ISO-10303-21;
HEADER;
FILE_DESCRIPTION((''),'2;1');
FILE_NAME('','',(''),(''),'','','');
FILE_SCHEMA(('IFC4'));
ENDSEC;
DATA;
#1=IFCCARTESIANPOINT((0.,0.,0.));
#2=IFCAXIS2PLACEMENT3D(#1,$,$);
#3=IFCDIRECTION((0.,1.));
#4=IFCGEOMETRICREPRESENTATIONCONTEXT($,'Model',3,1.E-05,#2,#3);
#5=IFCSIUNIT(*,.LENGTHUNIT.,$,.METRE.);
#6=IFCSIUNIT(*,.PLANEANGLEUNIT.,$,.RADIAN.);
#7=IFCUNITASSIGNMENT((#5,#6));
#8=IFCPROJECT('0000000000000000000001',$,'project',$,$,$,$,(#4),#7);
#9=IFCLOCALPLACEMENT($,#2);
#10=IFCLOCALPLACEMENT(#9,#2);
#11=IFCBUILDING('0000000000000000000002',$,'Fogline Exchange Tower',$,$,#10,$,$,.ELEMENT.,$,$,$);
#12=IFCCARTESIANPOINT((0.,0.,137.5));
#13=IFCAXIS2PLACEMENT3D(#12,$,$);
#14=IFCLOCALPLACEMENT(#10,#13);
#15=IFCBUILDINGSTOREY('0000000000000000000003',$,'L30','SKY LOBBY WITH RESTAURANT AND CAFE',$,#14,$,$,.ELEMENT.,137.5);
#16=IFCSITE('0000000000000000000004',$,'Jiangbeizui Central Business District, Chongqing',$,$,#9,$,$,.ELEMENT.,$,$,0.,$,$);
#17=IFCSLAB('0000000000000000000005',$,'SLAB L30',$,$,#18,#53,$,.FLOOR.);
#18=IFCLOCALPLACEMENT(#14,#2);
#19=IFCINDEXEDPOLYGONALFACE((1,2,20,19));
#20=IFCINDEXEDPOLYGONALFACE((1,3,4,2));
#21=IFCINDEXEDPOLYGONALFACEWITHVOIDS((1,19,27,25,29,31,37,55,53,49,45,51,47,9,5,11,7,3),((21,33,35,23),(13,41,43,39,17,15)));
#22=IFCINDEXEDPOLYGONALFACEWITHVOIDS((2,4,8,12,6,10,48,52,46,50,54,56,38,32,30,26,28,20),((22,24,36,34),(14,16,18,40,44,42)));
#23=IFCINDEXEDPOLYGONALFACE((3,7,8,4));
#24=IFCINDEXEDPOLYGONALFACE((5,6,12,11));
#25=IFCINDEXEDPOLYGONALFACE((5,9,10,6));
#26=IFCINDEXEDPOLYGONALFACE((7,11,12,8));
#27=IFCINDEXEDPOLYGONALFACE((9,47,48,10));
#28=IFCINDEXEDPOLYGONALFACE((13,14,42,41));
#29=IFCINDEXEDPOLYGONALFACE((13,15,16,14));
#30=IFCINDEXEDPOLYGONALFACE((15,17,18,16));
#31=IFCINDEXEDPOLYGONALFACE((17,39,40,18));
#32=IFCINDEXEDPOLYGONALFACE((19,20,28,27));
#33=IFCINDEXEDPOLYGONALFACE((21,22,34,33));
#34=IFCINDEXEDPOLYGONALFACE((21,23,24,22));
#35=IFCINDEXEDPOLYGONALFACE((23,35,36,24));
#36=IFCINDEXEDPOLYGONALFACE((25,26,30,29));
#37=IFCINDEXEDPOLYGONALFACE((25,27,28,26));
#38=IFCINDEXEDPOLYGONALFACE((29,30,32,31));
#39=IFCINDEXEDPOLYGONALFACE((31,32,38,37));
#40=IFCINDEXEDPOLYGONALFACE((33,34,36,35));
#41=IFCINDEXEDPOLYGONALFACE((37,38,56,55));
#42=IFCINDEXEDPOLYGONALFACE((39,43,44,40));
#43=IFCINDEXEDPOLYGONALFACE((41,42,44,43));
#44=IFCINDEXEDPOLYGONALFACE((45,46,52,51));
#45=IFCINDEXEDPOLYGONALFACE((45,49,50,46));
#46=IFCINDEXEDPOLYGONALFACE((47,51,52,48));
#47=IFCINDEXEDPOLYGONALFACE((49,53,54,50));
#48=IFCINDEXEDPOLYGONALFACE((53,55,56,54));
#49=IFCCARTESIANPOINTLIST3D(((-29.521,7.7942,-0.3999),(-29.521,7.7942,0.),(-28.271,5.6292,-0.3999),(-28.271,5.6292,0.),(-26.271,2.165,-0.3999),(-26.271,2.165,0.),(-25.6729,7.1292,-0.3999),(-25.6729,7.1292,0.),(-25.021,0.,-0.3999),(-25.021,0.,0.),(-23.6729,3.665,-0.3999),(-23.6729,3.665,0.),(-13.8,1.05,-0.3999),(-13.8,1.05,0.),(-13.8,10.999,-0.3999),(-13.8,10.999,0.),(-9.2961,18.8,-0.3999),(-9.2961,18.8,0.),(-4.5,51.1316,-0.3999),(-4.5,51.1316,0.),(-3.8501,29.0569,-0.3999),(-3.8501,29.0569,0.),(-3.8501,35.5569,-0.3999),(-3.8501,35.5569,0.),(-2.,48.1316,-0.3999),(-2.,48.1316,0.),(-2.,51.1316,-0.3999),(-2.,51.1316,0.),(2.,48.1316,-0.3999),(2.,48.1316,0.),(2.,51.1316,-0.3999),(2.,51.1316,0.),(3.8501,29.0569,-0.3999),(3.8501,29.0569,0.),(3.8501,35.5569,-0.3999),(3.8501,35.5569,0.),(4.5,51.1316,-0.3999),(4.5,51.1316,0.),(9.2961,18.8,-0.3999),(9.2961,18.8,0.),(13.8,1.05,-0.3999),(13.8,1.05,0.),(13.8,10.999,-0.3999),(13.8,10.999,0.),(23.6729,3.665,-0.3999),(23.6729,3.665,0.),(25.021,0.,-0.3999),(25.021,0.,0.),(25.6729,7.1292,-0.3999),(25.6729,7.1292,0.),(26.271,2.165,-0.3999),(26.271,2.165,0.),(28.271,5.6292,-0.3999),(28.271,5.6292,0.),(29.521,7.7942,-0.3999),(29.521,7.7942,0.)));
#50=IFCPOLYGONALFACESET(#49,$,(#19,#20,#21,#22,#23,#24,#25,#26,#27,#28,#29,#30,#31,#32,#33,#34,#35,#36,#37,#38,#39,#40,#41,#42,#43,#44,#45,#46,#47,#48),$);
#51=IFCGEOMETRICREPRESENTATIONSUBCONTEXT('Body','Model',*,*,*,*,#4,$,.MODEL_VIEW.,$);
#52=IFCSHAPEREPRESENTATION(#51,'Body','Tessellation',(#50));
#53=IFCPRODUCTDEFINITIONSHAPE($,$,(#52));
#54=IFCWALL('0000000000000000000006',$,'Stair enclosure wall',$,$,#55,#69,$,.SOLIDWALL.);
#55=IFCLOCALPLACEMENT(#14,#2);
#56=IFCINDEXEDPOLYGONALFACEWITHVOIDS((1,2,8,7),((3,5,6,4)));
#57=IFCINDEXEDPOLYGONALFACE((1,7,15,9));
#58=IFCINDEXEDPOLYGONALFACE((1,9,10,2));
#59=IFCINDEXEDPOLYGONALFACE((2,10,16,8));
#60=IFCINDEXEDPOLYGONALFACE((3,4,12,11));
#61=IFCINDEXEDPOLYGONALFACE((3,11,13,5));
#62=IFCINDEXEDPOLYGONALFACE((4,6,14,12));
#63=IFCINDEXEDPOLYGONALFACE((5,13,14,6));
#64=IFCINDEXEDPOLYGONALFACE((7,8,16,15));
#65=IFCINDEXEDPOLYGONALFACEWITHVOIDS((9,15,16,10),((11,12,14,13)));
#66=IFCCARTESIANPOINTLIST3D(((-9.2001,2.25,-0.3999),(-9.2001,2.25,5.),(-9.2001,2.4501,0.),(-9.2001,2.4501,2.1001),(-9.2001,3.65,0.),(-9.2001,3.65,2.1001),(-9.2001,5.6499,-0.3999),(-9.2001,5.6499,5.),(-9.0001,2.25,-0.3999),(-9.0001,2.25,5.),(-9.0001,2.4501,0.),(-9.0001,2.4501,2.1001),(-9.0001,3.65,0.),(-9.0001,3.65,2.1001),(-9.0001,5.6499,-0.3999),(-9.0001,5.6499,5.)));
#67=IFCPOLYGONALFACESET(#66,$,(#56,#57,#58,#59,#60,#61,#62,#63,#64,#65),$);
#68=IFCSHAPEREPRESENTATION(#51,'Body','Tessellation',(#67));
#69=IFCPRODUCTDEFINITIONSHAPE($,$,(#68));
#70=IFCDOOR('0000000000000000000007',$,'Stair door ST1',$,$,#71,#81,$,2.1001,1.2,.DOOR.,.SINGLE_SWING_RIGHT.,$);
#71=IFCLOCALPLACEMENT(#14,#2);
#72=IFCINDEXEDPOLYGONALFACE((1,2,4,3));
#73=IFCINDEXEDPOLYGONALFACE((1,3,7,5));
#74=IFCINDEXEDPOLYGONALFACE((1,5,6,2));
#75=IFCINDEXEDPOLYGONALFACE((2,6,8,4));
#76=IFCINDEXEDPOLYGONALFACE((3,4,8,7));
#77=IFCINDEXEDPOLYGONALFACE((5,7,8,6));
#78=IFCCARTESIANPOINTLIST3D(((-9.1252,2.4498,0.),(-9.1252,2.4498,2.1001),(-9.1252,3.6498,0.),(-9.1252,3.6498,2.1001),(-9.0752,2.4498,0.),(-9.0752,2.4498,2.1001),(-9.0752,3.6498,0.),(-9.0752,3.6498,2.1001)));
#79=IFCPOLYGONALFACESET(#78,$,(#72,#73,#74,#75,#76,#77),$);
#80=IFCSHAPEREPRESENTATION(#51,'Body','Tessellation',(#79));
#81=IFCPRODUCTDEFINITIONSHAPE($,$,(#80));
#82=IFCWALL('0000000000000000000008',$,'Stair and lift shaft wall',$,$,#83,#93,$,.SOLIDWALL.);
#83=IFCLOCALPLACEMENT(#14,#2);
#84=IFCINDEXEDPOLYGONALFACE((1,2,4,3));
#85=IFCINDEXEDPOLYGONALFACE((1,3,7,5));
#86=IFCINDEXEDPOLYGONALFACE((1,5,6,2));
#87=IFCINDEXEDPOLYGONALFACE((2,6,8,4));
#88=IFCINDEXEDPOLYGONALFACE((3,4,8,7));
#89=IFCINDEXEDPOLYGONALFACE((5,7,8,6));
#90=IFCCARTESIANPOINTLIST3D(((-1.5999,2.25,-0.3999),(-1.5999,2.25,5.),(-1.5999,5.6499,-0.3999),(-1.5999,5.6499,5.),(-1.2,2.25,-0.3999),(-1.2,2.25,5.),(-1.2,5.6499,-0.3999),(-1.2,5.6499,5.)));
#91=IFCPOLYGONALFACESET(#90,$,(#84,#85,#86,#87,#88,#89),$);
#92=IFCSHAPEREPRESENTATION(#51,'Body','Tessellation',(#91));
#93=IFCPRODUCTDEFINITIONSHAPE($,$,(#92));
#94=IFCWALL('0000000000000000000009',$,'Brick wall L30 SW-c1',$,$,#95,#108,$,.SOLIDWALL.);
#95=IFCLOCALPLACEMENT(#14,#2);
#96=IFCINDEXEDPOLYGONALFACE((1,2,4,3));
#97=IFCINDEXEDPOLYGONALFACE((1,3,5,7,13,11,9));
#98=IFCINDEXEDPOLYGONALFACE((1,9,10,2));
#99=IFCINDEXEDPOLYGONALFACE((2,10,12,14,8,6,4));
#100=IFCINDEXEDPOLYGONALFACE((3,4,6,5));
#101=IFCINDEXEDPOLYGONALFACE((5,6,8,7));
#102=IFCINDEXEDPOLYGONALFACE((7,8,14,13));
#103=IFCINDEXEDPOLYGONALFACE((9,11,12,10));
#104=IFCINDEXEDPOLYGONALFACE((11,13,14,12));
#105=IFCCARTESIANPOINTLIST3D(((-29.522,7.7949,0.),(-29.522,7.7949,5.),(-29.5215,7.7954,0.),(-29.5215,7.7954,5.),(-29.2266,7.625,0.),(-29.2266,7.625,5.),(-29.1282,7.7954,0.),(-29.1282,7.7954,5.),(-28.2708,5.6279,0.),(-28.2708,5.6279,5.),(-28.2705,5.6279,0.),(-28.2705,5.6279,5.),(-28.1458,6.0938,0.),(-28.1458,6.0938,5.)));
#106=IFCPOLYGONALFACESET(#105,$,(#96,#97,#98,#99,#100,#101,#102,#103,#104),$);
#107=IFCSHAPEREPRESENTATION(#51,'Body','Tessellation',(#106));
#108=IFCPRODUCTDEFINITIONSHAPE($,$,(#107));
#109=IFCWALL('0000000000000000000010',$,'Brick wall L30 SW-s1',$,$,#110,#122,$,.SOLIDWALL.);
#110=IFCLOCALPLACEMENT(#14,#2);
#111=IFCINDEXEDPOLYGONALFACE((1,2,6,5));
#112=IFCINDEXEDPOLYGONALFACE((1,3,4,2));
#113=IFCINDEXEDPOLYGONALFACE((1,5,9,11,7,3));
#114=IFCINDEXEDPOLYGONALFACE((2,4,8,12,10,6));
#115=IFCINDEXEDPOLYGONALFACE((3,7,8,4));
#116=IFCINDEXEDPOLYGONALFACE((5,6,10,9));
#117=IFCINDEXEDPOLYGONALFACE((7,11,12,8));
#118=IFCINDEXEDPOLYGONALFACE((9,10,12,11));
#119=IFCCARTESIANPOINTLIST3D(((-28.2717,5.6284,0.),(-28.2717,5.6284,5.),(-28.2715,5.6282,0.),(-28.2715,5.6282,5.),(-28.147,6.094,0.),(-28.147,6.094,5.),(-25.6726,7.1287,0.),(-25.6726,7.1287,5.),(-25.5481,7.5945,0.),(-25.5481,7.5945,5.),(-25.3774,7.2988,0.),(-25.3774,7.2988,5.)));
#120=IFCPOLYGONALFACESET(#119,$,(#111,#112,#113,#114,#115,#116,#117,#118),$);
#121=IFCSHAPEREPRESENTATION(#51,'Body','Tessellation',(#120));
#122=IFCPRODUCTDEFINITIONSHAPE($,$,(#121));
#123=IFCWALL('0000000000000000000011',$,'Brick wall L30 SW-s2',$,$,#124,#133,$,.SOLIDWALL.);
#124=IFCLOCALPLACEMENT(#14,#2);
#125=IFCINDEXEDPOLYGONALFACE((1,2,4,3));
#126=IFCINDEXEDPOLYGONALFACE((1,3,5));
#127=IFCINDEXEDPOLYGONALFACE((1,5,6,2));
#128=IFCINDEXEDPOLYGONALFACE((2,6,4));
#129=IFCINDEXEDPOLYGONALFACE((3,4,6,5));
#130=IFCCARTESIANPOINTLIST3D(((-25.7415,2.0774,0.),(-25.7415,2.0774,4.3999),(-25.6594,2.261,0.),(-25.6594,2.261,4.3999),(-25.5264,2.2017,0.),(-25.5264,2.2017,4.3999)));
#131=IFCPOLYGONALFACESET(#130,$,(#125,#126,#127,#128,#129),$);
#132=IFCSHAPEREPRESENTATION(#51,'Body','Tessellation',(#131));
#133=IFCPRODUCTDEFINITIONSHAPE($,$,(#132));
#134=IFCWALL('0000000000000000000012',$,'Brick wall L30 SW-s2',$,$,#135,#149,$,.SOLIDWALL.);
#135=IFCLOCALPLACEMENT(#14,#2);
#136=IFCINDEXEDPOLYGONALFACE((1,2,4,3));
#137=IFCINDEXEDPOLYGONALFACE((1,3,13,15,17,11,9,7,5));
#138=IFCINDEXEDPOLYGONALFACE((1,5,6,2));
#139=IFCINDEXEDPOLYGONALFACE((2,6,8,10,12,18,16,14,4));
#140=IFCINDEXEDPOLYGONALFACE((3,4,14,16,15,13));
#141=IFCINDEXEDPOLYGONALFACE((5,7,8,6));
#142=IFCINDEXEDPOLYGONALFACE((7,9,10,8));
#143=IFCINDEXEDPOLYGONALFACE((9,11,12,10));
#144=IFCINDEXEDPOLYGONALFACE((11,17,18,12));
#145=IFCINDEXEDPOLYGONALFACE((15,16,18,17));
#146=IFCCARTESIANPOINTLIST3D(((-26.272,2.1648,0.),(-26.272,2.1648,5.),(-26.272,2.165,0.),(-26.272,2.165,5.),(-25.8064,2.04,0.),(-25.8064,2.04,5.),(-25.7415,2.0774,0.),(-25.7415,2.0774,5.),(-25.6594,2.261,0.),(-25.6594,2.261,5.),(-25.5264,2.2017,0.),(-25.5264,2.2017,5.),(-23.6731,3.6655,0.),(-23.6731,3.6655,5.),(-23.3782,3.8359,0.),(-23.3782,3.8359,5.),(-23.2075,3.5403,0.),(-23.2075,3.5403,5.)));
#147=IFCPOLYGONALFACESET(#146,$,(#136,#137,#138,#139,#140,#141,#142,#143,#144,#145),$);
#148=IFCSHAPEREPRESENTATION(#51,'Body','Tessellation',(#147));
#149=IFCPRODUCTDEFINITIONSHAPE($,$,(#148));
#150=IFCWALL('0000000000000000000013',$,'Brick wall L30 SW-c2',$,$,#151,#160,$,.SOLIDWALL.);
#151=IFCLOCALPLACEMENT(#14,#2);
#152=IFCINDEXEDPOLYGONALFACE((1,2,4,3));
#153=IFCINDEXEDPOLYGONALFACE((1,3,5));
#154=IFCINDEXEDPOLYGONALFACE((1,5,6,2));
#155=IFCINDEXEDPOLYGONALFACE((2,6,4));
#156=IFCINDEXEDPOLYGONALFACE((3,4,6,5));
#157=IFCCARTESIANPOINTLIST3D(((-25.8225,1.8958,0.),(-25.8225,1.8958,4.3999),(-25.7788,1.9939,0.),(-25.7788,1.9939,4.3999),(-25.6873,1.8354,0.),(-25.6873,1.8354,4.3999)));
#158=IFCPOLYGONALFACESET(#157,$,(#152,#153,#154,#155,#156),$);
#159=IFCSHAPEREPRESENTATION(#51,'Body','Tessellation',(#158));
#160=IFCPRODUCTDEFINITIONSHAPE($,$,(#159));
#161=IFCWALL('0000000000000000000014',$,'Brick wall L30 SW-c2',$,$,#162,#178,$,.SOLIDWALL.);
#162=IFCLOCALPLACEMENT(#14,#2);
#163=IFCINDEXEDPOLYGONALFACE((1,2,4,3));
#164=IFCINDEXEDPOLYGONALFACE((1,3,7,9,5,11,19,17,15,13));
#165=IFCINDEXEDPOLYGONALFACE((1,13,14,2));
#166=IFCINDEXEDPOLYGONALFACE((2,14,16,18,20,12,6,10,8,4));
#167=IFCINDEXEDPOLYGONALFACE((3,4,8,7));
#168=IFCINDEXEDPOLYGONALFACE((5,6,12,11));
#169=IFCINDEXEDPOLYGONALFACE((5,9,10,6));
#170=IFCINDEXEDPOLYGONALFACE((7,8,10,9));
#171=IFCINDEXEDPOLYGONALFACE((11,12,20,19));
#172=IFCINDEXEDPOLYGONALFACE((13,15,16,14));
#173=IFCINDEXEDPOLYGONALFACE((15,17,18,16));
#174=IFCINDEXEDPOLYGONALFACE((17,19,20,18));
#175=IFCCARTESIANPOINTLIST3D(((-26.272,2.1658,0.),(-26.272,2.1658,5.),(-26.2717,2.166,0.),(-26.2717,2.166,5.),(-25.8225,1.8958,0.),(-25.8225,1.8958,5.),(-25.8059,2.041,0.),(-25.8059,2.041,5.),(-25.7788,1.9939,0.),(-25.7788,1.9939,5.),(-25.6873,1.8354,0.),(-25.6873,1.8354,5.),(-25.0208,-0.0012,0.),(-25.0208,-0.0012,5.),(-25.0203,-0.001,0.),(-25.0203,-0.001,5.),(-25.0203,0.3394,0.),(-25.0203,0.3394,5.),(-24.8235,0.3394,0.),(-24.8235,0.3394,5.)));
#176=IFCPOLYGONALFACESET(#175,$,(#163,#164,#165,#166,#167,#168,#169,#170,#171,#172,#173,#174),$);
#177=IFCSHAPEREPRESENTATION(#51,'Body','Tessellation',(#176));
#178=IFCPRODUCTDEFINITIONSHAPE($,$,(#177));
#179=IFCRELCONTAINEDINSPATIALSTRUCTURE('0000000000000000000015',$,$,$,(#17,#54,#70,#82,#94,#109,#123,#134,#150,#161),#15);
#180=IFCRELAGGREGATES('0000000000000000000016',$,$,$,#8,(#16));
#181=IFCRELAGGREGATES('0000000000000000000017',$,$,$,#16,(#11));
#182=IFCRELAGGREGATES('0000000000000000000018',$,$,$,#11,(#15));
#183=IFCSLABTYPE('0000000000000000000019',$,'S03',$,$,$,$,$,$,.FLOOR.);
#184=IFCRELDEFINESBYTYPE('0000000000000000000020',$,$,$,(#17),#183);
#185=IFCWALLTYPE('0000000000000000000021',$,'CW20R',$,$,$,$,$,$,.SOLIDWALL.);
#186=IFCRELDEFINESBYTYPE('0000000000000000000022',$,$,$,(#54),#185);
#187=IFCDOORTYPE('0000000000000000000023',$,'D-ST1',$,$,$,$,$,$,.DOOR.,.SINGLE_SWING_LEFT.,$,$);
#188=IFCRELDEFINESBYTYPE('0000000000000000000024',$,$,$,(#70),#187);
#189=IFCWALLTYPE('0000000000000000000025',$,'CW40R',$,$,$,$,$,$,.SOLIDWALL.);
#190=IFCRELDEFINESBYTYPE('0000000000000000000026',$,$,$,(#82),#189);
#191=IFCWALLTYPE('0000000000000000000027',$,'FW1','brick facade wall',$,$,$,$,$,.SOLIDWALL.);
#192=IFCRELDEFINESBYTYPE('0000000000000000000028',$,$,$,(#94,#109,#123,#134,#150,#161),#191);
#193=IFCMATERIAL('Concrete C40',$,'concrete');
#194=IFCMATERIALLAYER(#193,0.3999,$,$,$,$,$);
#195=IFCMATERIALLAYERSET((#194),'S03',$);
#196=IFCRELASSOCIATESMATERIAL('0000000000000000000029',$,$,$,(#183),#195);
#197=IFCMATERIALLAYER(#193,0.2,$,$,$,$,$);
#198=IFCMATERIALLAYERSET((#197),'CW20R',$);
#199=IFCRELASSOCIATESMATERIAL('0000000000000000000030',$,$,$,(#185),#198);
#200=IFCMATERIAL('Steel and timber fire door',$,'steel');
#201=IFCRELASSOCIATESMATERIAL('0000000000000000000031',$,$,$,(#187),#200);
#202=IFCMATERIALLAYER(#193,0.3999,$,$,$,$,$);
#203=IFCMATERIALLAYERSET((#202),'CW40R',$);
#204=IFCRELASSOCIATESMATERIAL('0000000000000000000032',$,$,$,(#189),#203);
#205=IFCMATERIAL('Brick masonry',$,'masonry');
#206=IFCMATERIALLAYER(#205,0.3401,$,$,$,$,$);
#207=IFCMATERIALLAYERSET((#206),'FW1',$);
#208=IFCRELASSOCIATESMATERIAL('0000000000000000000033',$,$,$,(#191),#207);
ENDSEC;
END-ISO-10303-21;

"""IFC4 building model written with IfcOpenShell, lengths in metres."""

from ifc_helpers import new_model, si_unit, direction, frame, frame_2d, origin, place, context, subcontext, project, spatial, polyline, rectangle, outline, extrude, material, layer, layer_set, type_object, element, fill, save


model = new_model("IFC4")

# Units and contexts
model_context = context("Model", 3, precision=1e-05, world=origin(), true_north=direction((0.0, 1.0)))
body_context = subcontext(model_context, "Body", "Model", "MODEL_VIEW")
ifc_project = project(units=[si_unit("LENGTHUNIT", "METRE"), si_unit("PLANEANGLEUNIT", "RADIAN")], contexts=[model_context])

# Site, building, storey
site_placement = place(None, origin())
site = spatial("IfcSite", under=ifc_project, at=site_placement, Name="Jiangbeizui Central Business District, Chongqing", CompositionType="ELEMENT", RefElevation=0.0)
building_placement = place(site_placement, origin())
building = spatial("IfcBuilding", under=site, at=building_placement, Name="Fogline Exchange Tower", CompositionType="ELEMENT")
storey_placement = place(building_placement, frame((0.0, 0.0, 137.5)))
storey = spatial("IfcBuildingStorey", under=building, at=storey_placement, Name="L30", Description="SKY LOBBY WITH RESTAURANT AND CAFE", CompositionType="ELEMENT", Elevation=137.5)

# Slab
ifc_material_1 = material(Name="Concrete C40", Category="concrete")
ifc_layer_1 = layer(ifc_material_1, 0.3999)
ifc_layer_set_1 = layer_set([ifc_layer_1], Name="S03")
slab_type = type_object("IfcSlabType", Name="S03", PredefinedType="FLOOR", material=ifc_layer_set_1)
slab_placement = place(storey_placement, frame((0.0, 0.0, -0.3999)))
element("IfcSlab", 1, at=slab_placement, inside=storey, type_object=slab_type, Name="SLAB L30", PredefinedType="FLOOR", context=body_context, shape_type="SweptSolid", body=[
    extrude(outline(polyline([(-2.0, 51.1316), (-4.5, 51.1316), (-29.521, 7.7942), (-28.271, 5.6292), (-25.6729, 7.1292), (-23.6729, 3.665), (-26.271, 2.165), (-25.021, 0.0), (25.021, 0.0), (26.271, 2.165), (23.6729, 3.665), (25.6729, 7.1292), (28.271, 5.6292), (29.521, 7.7942), (4.5, 51.1316), (2.0, 51.1316), (2.0, 48.1316), (-2.0, 48.1316), (-2.0, 51.1316)]), holes=[polyline([(13.8, 10.999), (13.8, 1.05), (-13.8, 1.05), (-13.8, 10.999), (-9.2961, 18.8), (9.2961, 18.8), (13.8, 10.999)]), polyline([(3.8501, 35.5569), (3.8501, 29.0569), (-3.8501, 29.0569), (-3.8501, 35.5569), (3.8501, 35.5569)])]), origin(), (0.0, 0.0, 1.0), 0.3999),
])

# Wall, opening, door
ifc_layer_2 = layer(ifc_material_1, 0.2)
ifc_layer_set_2 = layer_set([ifc_layer_2], Name="CW20R")
wall_type_1 = type_object("IfcWallType", Name="CW20R", PredefinedType="SOLIDWALL", material=ifc_layer_set_2)
wall_1_placement = place(storey_placement, frame((-9.1001, 2.25, -0.3999), z_axis=(0.0, 0.0, 1.0), x_axis=(0.0, 1.0, 0.0)))
wall_1 = element("IfcWall", 2, at=wall_1_placement, inside=storey, type_object=wall_type_1, Name="Stair enclosure wall", PredefinedType="SOLIDWALL", context=body_context, shape_type="SweptSolid", body=[
    extrude(rectangle(XDim=3.3999, YDim=0.2, at=frame_2d((1.7, 0.0))), origin(), (0.0, 0.0, 1.0), 5.3999),
])
opening_1_placement = place(wall_1_placement, frame((0.2, 0.0, 0.3999)))
opening_1 = element("IfcOpeningElement", 3, at=opening_1_placement, cuts=wall_1, PredefinedType="OPENING", context=body_context, shape_type="SweptSolid", body=[
    extrude(rectangle(XDim=1.2, YDim=2.1001, at=frame_2d((0.6001, 1.05))), frame((0.0, 0.1099, 0.0), z_axis=(0.0, -1.0, 0.0), x_axis=(1.0, 0.0, 0.0)), (0.0, 0.0, 1.0), 0.22),
])
ifc_material_2 = material(Name="Steel and timber fire door", Category="steel")
door_type_1 = type_object("IfcDoorType", Name="D-ST1", OperationType="SINGLE_SWING_LEFT", PredefinedType="DOOR", material=ifc_material_2)
door_1_placement = place(opening_1_placement, frame((1.2, 0.0, 0.0), z_axis=(0.0, 0.0, 1.0), x_axis=(-1.0, 0.0, 0.0)))
door_1 = element("IfcDoor", 4, at=door_1_placement, inside=storey, type_object=door_type_1, Name="Stair door ST1", OperationType="SINGLE_SWING_RIGHT", OverallHeight=2.1001, OverallWidth=1.2, PredefinedType="DOOR", context=body_context, shape_type="SweptSolid", body=[
    extrude(rectangle(XDim=1.2, YDim=2.1001, at=frame_2d((0.6001, 1.05))), frame((0.0, 0.0249, 0.0), z_axis=(0.0, -1.0, 0.0), x_axis=(1.0, 0.0, 0.0)), (0.0, 0.0, 1.0), 0.05),
])
fill(opening_1, door_1)

# Walls
ifc_layer_3 = layer(ifc_material_1, 0.3999)
ifc_layer_set_3 = layer_set([ifc_layer_3], Name="CW40R")
wall_type_2 = type_object("IfcWallType", Name="CW40R", PredefinedType="SOLIDWALL", material=ifc_layer_set_3)
wall_2_placement = place(storey_placement, frame((-1.3999, 2.25, -0.3999), z_axis=(0.0, 0.0, 1.0), x_axis=(0.0, 1.0, 0.0)))
element("IfcWall", 5, at=wall_2_placement, inside=storey, type_object=wall_type_2, Name="Stair and lift shaft wall", PredefinedType="SOLIDWALL", context=body_context, shape_type="SweptSolid", body=[
    extrude(rectangle(XDim=3.3999, YDim=0.3999, at=frame_2d((1.7, 0.0))), origin(), (0.0, 0.0, 1.0), 5.3999),
])
ifc_material_3 = material(Name="Brick masonry", Category="masonry")
ifc_layer_4 = layer(ifc_material_3, 0.3401)
ifc_layer_set_4 = layer_set([ifc_layer_4], Name="FW1")
wall_type_3 = type_object("IfcWallType", Name="FW1", Description="brick facade wall", PredefinedType="SOLIDWALL", material=ifc_layer_set_4)
wall_3_placement = place(storey_placement, origin())
element("IfcWall", 6, at=wall_3_placement, inside=storey, type_object=wall_type_3, Name="Brick wall L30 SW-c1", PredefinedType="SOLIDWALL", context=body_context, shape_type="SweptSolid", body=[
    extrude(outline(polyline([(-28.2708, 5.6279), (-29.522, 7.7949), (-29.5215, 7.7954), (-29.2266, 7.625), (-29.1282, 7.7954), (-28.1458, 6.0938), (-28.2705, 5.6279), (-28.2708, 5.6279)])), origin(), (0.0, 0.0, 1.0), 5.0),
])
wall_4_placement = place(storey_placement, origin())
element("IfcWall", 7, at=wall_4_placement, inside=storey, type_object=wall_type_3, Name="Brick wall L30 SW-s1", PredefinedType="SOLIDWALL", context=body_context, shape_type="SweptSolid", body=[
    extrude(outline(polyline([(-25.5481, 7.5945), (-25.3774, 7.2988), (-25.6726, 7.1287), (-28.2715, 5.6282), (-28.2717, 5.6284), (-28.147, 6.094), (-25.5481, 7.5945)])), origin(), (0.0, 0.0, 1.0), 5.0),
])
wall_5_placement = place(storey_placement, origin())
element("IfcWall", 8, at=wall_5_placement, inside=storey, type_object=wall_type_3, Name="Brick wall L30 SW-s2", PredefinedType="SOLIDWALL", context=body_context, shape_type="SweptSolid", body=[
    extrude(outline(polyline([(-25.7415, 2.0774), (-25.6594, 2.261), (-25.5264, 2.2017), (-25.7415, 2.0774)])), origin(), (0.0, 0.0, 1.0), 4.3999),
])
wall_6_placement = place(storey_placement, origin())
element("IfcWall", 9, at=wall_6_placement, inside=storey, type_object=wall_type_3, Name="Brick wall L30 SW-s2", PredefinedType="SOLIDWALL", context=body_context, shape_type="SweptSolid", body=[
    extrude(outline(polyline([(-23.6731, 3.6655), (-23.3782, 3.8359), (-23.2075, 3.5403), (-25.5264, 2.2017), (-25.6594, 2.261), (-25.7415, 2.0774), (-25.8064, 2.04), (-26.272, 2.1648), (-26.272, 2.165), (-23.6731, 3.6655)])), origin(), (0.0, 0.0, 1.0), 5.0),
])
wall_7_placement = place(storey_placement, origin())
element("IfcWall", 10, at=wall_7_placement, inside=storey, type_object=wall_type_3, Name="Brick wall L30 SW-c2", PredefinedType="SOLIDWALL", context=body_context, shape_type="SweptSolid", body=[
    extrude(outline(polyline([(-25.6873, 1.8354), (-25.8225, 1.8958), (-25.7788, 1.9939), (-25.6873, 1.8354)])), origin(), (0.0, 0.0, 1.0), 4.3999),
])
wall_8_placement = place(storey_placement, origin())
element("IfcWall", 11, at=wall_8_placement, inside=storey, type_object=wall_type_3, Name="Brick wall L30 SW-c2", PredefinedType="SOLIDWALL", context=body_context, shape_type="SweptSolid", body=[
    extrude(outline(polyline([(-25.0203, 0.3394), (-25.0203, -0.001), (-25.0208, -0.0012), (-26.272, 2.1658), (-26.2717, 2.166), (-25.8059, 2.041), (-25.7788, 1.9939), (-25.8225, 1.8958), (-25.6873, 1.8354), (-24.8235, 0.3394), (-25.0203, 0.3394)])), origin(), (0.0, 0.0, 1.0), 5.0),
])

save(model, "model.ifc")
